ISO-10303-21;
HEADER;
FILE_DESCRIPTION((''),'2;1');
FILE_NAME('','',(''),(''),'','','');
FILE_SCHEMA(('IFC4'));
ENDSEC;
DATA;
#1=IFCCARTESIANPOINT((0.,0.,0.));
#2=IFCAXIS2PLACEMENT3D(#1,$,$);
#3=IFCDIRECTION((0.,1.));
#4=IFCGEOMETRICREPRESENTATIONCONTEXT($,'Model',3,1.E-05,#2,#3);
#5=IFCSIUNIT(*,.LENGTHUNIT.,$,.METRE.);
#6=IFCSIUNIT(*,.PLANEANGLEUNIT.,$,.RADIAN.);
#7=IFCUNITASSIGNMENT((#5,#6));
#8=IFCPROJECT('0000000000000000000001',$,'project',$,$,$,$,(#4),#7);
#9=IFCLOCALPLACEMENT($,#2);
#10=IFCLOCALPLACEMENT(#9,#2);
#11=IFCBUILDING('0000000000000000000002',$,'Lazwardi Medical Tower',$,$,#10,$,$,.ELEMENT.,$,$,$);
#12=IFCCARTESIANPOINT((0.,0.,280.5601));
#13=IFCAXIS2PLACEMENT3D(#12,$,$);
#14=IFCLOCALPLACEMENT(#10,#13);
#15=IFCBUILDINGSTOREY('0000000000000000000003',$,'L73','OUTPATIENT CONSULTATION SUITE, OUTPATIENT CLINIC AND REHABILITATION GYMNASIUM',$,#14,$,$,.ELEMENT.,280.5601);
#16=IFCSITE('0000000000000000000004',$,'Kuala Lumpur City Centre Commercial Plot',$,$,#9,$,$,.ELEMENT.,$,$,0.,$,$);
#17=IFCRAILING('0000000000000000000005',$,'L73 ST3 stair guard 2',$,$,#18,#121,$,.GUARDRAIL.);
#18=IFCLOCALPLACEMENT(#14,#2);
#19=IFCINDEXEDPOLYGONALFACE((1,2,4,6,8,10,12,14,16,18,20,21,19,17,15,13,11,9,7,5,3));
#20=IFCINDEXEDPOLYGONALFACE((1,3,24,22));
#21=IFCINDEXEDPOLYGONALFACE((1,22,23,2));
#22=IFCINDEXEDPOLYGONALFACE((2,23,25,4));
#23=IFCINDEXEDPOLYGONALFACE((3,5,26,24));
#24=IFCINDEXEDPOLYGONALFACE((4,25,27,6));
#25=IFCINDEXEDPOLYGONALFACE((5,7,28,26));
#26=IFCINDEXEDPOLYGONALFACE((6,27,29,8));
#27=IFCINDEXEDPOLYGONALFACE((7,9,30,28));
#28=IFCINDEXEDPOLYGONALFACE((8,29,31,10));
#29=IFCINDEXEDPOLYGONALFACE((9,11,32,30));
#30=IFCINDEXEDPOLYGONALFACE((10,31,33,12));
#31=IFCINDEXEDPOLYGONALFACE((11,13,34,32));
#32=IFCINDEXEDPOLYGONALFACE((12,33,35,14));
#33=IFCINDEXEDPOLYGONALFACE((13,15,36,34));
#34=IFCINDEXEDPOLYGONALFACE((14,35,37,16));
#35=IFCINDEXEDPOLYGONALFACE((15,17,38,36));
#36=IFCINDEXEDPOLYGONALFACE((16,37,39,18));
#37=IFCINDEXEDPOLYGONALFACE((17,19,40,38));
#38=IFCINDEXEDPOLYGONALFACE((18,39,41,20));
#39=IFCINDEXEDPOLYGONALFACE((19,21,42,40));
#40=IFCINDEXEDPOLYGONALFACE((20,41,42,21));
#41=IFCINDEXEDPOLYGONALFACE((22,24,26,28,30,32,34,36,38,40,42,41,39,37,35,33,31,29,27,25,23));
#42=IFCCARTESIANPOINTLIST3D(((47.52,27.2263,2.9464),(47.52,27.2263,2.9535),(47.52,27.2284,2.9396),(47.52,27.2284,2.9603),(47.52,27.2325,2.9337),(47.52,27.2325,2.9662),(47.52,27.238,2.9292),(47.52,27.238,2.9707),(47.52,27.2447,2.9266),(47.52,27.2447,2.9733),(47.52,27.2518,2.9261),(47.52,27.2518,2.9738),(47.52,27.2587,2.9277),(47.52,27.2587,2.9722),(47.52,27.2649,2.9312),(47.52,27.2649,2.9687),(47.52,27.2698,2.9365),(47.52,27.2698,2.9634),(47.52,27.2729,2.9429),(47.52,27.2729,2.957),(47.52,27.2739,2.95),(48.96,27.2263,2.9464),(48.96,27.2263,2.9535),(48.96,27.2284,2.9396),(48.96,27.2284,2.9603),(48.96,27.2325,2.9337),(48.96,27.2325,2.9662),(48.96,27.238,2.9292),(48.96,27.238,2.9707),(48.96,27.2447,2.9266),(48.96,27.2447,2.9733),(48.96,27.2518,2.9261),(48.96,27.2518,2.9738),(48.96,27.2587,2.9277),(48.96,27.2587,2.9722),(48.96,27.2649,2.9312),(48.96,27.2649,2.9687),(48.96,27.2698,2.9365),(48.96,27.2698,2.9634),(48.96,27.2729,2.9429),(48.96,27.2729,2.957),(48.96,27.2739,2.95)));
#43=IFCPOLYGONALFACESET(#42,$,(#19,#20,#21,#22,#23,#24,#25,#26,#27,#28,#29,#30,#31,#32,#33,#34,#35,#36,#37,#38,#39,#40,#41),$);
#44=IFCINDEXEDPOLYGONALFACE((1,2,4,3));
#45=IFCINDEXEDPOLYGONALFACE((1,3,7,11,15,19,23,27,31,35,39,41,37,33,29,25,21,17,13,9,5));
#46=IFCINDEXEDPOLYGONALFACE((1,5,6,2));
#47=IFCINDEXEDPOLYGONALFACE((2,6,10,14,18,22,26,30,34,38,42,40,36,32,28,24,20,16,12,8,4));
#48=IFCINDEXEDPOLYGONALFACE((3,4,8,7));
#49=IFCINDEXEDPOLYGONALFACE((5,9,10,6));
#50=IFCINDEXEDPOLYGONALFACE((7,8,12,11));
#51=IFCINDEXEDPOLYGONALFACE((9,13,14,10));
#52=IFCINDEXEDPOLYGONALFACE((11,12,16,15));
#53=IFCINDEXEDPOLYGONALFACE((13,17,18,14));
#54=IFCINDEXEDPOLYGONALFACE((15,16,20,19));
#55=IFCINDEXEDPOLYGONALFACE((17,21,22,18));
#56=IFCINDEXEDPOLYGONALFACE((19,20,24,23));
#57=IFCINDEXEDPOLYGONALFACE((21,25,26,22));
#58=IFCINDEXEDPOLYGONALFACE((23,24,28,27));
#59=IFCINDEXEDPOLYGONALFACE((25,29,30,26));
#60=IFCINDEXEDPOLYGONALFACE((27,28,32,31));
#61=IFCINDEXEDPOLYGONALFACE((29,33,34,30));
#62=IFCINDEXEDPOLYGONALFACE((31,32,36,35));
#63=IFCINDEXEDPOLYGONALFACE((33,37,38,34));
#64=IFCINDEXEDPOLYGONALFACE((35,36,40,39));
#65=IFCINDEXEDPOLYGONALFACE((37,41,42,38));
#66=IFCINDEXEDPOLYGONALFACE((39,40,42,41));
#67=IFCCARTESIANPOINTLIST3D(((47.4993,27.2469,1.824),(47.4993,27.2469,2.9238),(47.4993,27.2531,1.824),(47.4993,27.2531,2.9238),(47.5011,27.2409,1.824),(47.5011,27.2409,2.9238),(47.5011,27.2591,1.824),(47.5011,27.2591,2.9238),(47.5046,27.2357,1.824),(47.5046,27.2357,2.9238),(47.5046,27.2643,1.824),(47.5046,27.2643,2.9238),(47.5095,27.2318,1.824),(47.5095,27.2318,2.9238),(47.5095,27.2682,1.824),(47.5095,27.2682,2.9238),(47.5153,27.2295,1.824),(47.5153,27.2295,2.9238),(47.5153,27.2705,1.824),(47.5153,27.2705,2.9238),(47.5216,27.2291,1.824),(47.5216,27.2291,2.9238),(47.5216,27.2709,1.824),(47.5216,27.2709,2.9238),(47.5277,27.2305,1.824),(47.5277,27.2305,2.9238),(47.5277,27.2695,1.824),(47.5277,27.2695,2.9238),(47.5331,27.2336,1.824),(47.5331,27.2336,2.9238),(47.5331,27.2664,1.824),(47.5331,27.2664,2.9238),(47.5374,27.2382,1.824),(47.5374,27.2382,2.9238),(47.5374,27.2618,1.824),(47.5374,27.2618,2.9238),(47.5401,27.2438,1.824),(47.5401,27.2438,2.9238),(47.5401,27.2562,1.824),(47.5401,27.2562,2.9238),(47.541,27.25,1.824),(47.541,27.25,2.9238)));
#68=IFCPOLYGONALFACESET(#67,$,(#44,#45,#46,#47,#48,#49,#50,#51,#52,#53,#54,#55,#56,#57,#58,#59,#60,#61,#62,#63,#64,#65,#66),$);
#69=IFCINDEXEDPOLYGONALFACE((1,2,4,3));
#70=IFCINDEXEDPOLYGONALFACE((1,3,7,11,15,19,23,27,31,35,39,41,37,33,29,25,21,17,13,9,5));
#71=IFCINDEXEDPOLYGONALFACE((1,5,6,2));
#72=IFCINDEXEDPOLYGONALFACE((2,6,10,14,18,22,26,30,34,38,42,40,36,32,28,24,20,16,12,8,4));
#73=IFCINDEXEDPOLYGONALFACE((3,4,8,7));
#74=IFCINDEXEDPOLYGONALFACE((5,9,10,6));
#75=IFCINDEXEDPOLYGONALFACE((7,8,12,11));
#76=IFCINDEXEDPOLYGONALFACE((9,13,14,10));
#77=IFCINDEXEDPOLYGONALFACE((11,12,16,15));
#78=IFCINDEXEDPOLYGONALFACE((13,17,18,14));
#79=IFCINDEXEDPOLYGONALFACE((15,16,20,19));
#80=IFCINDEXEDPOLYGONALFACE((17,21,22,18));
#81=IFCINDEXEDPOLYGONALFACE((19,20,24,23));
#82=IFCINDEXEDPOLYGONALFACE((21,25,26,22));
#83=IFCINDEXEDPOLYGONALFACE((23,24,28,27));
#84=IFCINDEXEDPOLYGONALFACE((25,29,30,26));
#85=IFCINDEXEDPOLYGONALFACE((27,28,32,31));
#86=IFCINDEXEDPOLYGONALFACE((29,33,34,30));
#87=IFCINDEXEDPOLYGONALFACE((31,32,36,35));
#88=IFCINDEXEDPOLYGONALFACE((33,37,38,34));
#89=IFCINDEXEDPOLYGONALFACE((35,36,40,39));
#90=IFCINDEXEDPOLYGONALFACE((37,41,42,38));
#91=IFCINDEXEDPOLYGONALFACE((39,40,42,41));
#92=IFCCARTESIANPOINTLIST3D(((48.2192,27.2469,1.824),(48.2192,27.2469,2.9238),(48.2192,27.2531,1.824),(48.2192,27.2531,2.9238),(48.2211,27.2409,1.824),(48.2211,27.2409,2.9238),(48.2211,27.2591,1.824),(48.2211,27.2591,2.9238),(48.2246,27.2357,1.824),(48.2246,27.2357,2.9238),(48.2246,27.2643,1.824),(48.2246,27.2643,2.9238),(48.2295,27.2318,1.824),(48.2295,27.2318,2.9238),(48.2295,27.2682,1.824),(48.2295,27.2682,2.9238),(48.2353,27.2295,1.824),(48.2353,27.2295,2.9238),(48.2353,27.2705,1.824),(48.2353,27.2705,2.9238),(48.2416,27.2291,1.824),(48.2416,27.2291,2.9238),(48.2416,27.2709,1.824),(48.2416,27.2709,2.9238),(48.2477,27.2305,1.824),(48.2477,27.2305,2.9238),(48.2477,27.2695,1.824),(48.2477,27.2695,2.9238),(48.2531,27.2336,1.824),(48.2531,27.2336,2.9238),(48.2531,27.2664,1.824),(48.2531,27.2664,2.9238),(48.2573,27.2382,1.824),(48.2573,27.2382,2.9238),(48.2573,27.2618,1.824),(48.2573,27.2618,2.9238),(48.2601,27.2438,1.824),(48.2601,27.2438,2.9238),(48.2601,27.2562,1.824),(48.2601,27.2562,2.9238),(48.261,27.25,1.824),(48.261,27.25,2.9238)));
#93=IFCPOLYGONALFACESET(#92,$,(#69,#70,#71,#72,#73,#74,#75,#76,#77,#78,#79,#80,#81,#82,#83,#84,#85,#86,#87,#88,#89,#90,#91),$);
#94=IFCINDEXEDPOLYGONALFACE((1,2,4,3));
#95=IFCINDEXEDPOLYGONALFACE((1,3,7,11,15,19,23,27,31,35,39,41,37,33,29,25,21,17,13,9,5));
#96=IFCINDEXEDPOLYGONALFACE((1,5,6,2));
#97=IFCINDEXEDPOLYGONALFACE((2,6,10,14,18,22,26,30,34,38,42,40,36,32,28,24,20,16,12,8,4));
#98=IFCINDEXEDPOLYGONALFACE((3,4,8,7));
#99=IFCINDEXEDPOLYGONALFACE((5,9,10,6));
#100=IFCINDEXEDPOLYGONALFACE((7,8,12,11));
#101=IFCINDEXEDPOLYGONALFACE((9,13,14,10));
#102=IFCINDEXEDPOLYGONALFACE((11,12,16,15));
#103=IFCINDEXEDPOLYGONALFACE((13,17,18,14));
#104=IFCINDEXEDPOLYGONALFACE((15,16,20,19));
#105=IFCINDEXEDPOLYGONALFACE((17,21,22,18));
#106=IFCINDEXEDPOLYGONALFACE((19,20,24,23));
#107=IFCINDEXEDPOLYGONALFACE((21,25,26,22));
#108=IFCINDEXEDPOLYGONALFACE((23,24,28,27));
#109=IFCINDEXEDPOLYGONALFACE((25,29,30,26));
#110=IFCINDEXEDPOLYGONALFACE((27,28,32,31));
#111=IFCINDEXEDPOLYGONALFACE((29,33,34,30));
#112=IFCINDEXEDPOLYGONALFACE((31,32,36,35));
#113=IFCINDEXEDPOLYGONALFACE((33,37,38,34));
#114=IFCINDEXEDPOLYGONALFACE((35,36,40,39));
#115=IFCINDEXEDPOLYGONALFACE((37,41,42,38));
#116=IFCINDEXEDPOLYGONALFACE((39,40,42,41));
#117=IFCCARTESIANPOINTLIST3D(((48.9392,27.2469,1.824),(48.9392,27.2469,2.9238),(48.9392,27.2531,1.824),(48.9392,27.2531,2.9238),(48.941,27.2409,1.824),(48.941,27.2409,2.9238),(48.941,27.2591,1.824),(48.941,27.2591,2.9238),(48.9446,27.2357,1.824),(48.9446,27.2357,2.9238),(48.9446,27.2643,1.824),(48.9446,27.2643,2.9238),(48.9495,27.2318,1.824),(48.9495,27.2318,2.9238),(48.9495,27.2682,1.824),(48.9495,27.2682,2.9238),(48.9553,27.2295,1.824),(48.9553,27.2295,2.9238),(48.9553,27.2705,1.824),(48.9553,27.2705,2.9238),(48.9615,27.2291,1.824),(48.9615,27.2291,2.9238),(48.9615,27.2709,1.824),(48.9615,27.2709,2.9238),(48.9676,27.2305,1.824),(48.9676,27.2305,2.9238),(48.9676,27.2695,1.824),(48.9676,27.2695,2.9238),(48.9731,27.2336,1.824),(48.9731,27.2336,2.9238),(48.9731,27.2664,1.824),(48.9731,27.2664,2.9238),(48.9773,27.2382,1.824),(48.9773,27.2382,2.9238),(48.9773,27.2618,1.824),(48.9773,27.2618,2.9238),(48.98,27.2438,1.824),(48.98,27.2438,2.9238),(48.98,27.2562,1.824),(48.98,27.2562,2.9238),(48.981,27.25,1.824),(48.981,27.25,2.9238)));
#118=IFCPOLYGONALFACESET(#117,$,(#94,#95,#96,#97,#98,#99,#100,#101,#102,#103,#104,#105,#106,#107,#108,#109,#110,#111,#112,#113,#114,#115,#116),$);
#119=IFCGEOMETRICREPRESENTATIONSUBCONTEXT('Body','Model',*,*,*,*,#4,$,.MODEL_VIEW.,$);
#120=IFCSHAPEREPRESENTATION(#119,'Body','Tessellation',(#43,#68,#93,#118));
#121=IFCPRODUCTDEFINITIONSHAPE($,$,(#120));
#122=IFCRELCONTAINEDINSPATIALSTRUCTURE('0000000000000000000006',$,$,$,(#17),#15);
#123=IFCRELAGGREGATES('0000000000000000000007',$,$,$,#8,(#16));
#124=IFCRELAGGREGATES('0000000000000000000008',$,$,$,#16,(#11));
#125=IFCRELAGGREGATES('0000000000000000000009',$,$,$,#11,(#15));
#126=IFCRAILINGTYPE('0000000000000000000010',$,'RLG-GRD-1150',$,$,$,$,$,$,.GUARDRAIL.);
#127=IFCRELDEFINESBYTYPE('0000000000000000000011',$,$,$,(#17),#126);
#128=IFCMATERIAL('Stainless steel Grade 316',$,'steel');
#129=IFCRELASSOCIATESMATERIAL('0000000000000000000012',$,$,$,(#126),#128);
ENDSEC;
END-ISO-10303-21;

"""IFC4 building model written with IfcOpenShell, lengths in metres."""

from ifc_helpers import new_model, si_unit, direction, frame, origin, origin_2d, place, context, subcontext, project, spatial, circle, extrude, material, type_object, element, save


model = new_model("IFC4")

# Units and contexts
model_context = context("Model", 3, precision=1e-05, world=origin(), true_north=direction((0.0, 1.0)))
body_context = subcontext(model_context, "Body", "Model", "MODEL_VIEW")
ifc_project = project(units=[si_unit("LENGTHUNIT", "METRE"), si_unit("PLANEANGLEUNIT", "RADIAN")], contexts=[model_context])

# Site, building, storey
site_placement = place(None, origin())
site = spatial("IfcSite", under=ifc_project, at=site_placement, Name="Kuala Lumpur City Centre Commercial Plot", CompositionType="ELEMENT", RefElevation=0.0)
building_placement = place(site_placement, origin())
building = spatial("IfcBuilding", under=site, at=building_placement, Name="Lazwardi Medical Tower", CompositionType="ELEMENT")
storey_placement = place(building_placement, frame((0.0, 0.0, 280.5601)))
storey = spatial("IfcBuildingStorey", under=building, at=storey_placement, Name="L73", Description="OUTPATIENT CONSULTATION SUITE, OUTPATIENT CLINIC AND REHABILITATION GYMNASIUM", CompositionType="ELEMENT", Elevation=280.5601)

# Railing
ifc_material_1 = material(Name="Stainless steel Grade 316", Category="steel")
railing_type_1 = type_object("IfcRailingType", Name="RLG-GRD-1150", PredefinedType="GUARDRAIL", material=ifc_material_1)
railing_1_placement = place(storey_placement, frame((47.52, 27.25, 1.824)))
element("IfcRailing", 1, at=railing_1_placement, inside=storey, type_object=railing_type_1, Name="L73 ST3 stair guard 2", PredefinedType="GUARDRAIL", context=body_context, shape_type="SweptSolid", body=[
    extrude(circle(Radius=0.0239, at=origin_2d()), frame((0.0, 0.0, 1.126), z_axis=(1.0, 0.0, 0.0), x_axis=(0.0, 1.0, 0.0)), (0.0, 0.0, 1.0), 1.4399),
    extrude(circle(Radius=0.021, at=origin_2d()), origin(), (0.0, 0.0, 1.0), 1.0999),
    extrude(circle(Radius=0.021, at=origin_2d()), frame((0.72, 0.0, 0.0)), (0.0, 0.0, 1.0), 1.0999),
    extrude(circle(Radius=0.021, at=origin_2d()), frame((1.4399, 0.0, 0.0)), (0.0, 0.0, 1.0), 1.0999),
])

save(model, "model.ifc")
